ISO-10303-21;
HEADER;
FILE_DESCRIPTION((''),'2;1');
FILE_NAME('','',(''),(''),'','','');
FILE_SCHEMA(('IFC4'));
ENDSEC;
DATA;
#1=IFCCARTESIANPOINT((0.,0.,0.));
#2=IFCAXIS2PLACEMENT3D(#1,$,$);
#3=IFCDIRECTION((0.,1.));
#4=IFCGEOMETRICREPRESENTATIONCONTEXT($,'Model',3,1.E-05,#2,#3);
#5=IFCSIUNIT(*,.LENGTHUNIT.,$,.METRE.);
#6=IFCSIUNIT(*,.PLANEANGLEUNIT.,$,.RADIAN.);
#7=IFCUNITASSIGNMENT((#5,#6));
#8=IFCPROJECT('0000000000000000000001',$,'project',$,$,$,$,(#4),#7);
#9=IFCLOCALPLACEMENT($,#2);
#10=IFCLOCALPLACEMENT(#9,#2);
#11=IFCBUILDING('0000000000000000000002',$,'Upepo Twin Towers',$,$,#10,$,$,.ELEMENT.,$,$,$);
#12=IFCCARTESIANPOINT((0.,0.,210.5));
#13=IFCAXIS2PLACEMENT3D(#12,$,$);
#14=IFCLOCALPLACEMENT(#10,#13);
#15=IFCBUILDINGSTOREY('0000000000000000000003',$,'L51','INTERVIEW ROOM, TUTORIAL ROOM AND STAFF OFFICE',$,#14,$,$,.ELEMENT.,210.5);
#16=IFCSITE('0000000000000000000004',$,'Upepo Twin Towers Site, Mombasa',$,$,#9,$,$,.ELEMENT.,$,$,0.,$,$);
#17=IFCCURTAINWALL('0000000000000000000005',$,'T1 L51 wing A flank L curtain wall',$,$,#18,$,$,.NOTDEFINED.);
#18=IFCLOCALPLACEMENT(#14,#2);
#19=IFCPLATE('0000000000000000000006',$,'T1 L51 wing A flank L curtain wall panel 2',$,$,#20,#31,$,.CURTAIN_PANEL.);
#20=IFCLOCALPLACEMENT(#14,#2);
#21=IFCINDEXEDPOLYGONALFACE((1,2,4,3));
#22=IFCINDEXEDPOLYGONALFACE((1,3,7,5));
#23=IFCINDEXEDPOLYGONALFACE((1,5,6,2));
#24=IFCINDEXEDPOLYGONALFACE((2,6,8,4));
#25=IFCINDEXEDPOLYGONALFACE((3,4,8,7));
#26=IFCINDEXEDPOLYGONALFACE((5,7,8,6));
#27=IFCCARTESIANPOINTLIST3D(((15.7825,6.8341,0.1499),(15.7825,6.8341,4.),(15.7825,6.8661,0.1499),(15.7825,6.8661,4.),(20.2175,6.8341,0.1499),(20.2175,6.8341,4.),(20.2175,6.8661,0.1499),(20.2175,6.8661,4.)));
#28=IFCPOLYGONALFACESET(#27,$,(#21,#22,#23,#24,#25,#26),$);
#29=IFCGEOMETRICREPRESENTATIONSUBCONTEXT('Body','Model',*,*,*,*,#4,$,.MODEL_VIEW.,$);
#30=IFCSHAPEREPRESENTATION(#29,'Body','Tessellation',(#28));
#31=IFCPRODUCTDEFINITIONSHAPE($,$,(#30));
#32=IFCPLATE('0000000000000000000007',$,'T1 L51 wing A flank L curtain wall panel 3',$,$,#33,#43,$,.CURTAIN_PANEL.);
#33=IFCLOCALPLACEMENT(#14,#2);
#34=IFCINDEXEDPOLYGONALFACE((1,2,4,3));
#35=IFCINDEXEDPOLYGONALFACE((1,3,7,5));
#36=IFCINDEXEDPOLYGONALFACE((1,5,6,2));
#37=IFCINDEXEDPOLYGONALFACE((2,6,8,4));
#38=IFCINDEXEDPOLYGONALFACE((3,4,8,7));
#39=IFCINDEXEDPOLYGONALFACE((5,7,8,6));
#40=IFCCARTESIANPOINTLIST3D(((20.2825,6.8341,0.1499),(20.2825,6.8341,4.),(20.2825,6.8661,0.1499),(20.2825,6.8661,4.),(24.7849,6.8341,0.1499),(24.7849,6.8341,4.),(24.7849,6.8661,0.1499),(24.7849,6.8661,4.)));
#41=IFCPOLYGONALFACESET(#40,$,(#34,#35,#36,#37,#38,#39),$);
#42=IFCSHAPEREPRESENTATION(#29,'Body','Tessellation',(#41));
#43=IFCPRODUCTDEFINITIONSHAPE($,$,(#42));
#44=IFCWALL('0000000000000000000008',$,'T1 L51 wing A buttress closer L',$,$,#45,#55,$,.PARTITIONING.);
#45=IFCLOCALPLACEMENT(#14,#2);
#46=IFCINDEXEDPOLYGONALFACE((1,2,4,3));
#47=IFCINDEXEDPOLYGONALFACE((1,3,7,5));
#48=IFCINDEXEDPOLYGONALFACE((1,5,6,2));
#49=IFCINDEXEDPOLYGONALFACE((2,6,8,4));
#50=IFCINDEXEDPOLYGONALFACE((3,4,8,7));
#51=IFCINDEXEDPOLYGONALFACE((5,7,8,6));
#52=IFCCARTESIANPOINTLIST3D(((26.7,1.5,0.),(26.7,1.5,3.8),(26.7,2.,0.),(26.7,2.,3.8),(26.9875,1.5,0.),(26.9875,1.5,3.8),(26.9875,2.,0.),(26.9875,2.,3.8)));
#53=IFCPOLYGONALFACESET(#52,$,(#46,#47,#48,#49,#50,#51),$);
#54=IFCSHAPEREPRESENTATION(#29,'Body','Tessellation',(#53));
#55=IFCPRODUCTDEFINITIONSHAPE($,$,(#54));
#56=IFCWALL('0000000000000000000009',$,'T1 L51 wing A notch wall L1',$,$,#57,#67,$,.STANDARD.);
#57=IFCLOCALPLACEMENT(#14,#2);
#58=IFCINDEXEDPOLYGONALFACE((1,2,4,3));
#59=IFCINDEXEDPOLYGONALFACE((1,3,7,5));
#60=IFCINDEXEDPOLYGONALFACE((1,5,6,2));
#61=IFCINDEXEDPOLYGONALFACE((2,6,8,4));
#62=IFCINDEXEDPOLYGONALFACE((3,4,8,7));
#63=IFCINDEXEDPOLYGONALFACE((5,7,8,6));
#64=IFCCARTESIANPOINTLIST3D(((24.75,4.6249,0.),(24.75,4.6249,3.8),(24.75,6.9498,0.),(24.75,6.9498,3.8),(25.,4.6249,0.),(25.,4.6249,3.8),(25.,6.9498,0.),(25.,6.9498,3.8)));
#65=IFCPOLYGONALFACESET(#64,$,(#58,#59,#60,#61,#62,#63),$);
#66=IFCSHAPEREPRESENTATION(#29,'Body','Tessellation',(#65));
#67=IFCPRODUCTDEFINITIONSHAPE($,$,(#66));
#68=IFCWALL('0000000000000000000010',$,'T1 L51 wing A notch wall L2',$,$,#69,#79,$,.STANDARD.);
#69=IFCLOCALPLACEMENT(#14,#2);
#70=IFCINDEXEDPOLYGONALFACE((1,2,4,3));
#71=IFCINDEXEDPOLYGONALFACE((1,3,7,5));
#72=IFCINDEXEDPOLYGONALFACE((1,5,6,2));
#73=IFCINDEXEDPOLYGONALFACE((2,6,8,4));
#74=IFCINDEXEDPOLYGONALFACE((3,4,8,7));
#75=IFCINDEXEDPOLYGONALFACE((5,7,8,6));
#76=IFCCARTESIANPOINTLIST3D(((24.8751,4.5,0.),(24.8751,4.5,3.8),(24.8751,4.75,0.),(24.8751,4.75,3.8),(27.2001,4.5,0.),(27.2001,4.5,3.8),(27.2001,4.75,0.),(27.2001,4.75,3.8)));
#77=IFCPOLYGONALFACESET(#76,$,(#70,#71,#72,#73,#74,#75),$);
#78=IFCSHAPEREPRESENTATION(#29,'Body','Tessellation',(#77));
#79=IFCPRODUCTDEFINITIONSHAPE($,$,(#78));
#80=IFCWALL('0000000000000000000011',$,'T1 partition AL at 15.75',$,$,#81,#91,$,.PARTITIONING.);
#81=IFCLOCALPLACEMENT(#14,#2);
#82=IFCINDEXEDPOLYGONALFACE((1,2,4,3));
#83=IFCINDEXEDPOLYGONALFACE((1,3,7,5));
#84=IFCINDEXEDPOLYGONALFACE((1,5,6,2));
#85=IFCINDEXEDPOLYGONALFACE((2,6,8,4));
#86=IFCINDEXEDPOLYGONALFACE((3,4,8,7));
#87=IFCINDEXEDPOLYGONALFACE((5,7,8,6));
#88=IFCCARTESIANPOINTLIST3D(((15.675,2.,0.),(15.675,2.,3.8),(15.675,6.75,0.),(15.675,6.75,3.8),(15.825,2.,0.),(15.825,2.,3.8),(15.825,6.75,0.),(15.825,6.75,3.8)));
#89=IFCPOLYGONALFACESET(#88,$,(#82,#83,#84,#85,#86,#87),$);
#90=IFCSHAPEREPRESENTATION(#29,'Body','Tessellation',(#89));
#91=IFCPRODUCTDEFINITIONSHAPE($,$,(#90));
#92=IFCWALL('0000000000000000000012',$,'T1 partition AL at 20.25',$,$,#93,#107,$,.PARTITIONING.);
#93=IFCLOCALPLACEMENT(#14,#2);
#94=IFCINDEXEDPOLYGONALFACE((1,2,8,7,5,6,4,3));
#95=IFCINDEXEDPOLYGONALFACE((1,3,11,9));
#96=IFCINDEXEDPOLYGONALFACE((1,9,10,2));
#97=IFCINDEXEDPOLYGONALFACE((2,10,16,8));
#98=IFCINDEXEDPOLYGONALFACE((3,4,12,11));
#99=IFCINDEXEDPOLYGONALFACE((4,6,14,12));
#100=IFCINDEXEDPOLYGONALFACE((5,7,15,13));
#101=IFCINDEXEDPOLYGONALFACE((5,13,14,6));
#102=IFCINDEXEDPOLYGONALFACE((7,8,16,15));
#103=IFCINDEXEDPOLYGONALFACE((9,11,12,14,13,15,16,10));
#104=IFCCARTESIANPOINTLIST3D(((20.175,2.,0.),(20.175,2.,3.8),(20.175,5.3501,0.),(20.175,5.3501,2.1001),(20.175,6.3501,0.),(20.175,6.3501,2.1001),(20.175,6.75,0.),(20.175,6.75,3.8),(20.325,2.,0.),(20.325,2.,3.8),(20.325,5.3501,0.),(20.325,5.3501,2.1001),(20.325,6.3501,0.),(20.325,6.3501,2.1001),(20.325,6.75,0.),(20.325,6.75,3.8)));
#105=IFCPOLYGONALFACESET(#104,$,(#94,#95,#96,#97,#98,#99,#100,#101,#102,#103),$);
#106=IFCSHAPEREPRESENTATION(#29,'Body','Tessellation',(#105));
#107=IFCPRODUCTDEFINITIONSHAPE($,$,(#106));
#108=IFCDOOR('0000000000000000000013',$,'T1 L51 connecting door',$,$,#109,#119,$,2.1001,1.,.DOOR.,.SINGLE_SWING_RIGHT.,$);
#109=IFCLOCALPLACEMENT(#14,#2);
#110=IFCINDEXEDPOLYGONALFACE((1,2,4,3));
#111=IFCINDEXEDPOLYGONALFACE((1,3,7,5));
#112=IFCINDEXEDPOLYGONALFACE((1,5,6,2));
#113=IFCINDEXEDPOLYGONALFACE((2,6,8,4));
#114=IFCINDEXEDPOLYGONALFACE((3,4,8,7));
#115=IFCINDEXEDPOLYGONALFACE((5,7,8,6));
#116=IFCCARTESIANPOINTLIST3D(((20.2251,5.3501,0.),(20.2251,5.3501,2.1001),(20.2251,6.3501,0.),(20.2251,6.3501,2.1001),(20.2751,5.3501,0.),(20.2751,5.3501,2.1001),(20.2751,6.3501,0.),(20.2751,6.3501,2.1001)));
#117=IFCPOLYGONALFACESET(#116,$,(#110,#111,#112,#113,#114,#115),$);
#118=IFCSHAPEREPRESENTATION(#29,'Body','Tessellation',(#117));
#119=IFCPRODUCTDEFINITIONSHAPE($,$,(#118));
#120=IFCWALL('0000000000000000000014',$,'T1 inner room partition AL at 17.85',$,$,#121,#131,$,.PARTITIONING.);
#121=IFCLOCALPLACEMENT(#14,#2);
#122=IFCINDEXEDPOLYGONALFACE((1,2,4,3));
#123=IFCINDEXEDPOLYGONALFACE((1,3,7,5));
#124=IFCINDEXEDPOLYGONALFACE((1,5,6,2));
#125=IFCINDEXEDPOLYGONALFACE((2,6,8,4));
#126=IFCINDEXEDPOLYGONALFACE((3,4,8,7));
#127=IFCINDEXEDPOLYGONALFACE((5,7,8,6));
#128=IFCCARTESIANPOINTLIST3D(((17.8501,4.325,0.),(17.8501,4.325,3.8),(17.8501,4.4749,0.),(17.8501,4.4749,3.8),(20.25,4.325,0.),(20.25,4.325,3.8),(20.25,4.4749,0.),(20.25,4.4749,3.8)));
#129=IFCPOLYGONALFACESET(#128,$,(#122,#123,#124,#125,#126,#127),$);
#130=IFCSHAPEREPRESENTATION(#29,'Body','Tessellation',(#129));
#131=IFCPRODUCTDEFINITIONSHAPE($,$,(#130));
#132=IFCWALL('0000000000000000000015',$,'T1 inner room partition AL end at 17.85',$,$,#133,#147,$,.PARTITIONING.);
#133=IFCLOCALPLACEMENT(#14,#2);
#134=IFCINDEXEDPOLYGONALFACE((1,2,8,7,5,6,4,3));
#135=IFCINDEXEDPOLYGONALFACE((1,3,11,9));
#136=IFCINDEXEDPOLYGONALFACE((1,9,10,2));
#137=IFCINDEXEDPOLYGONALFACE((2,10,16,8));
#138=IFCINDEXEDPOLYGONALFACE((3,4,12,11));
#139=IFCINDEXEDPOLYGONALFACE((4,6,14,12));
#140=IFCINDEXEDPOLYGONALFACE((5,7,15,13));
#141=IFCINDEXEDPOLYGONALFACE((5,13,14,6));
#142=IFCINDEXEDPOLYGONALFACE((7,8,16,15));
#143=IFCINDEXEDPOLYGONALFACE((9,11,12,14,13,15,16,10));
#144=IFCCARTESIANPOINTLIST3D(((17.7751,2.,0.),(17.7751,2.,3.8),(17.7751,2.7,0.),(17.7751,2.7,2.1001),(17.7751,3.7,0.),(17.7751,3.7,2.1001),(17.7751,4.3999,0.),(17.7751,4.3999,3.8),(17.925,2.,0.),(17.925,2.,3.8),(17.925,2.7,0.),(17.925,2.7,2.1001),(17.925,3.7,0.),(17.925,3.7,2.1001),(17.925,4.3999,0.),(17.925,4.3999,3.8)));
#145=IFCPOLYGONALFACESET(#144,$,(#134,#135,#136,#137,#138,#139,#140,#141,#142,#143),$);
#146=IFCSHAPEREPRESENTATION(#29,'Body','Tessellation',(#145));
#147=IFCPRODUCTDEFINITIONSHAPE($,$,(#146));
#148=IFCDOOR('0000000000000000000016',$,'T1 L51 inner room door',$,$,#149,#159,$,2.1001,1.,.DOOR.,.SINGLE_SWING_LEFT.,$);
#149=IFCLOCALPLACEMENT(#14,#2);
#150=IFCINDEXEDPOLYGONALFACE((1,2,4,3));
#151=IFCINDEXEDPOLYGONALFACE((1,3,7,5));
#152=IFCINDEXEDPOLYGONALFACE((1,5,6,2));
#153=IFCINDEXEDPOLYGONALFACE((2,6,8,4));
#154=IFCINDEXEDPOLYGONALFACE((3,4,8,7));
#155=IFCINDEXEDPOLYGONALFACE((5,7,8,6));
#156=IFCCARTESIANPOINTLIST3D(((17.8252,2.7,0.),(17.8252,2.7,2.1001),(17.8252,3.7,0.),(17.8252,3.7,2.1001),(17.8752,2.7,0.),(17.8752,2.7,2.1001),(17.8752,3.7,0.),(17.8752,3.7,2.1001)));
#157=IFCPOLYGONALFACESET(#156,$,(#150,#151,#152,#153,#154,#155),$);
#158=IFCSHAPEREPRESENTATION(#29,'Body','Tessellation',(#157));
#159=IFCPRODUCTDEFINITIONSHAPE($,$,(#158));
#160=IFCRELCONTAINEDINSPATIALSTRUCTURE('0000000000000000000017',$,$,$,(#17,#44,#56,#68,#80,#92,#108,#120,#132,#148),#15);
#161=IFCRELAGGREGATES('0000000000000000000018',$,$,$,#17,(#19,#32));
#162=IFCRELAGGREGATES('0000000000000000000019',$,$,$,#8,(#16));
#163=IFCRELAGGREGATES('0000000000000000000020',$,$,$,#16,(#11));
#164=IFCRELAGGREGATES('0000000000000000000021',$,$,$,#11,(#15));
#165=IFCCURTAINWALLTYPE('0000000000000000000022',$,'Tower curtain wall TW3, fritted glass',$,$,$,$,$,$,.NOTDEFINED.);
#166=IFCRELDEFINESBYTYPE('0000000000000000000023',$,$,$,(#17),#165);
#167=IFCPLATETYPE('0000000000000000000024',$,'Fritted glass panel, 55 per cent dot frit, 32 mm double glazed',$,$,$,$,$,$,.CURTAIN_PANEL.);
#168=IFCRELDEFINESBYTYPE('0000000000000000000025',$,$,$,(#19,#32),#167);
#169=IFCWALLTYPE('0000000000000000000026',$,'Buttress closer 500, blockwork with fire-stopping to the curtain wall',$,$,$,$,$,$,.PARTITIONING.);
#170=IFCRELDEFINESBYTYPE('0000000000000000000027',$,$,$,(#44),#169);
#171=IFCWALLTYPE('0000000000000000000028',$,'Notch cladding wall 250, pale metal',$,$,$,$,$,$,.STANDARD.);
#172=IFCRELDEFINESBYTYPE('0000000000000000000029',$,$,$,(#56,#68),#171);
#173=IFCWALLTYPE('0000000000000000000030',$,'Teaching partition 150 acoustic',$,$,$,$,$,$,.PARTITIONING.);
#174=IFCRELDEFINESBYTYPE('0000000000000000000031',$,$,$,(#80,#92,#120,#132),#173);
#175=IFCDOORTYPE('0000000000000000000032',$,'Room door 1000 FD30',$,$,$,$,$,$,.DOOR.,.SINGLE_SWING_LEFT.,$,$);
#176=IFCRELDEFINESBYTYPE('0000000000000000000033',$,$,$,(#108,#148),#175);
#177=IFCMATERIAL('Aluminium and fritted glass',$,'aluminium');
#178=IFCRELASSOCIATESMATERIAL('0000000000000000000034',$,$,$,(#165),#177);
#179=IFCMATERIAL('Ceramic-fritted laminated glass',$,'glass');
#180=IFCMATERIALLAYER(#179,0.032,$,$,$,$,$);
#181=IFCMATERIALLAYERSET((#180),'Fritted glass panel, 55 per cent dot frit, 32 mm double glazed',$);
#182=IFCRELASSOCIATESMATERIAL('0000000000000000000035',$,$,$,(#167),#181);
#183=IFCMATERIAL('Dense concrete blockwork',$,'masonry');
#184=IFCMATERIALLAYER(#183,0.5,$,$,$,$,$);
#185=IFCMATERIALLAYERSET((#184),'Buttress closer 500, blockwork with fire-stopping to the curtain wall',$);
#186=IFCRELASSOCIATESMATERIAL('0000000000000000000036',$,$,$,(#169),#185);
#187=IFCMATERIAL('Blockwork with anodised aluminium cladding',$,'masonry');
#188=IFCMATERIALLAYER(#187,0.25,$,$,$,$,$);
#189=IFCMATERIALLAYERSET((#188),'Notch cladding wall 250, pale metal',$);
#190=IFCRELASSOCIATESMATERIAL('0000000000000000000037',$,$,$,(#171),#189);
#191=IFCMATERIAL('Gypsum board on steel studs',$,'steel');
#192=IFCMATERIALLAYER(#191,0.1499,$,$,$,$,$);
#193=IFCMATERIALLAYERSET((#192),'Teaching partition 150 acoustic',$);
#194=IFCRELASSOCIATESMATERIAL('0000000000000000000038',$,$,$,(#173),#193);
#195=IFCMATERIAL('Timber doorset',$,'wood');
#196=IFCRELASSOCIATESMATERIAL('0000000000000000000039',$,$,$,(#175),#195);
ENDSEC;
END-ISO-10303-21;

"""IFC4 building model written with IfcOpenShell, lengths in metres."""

from ifc_helpers import new_model, si_unit, direction, frame, frame_2d, origin, origin_2d, place, context, subcontext, project, spatial, rectangle, extrude, material, layer, layer_set, type_object, element, fill, aggregate, save


model = new_model("IFC4")

# Units and contexts
model_context = context("Model", 3, precision=1e-05, world=origin(), true_north=direction((0.0, 1.0)))
body_context = subcontext(model_context, "Body", "Model", "MODEL_VIEW")
ifc_project = project(units=[si_unit("LENGTHUNIT", "METRE"), si_unit("PLANEANGLEUNIT", "RADIAN")], contexts=[model_context])

# Site, building, storey
site_placement = place(None, origin())
site = spatial("IfcSite", under=ifc_project, at=site_placement, Name="Upepo Twin Towers Site, Mombasa", CompositionType="ELEMENT", RefElevation=0.0)
building_placement = place(site_placement, origin())
building = spatial("IfcBuilding", under=site, at=building_placement, Name="Upepo Twin Towers", CompositionType="ELEMENT")
storey_placement = place(building_placement, frame((0.0, 0.0, 210.5)))
storey = spatial("IfcBuildingStorey", under=building, at=storey_placement, Name="L51", Description="INTERVIEW ROOM, TUTORIAL ROOM AND STAFF OFFICE", CompositionType="ELEMENT", Elevation=210.5)

# Curtain wall
ifc_material_1 = material(Name="Aluminium and fritted glass", Category="aluminium")
curtain_wall_type = type_object("IfcCurtainWallType", Name="Tower curtain wall TW3, fritted glass", PredefinedType="NOTDEFINED", material=ifc_material_1)
curtain_wall_1_placement = place(storey_placement, origin())
curtain_wall_1 = element("IfcCurtainWall", 1, at=curtain_wall_1_placement, inside=storey, type_object=curtain_wall_type, Name="T1 L51 wing A flank L curtain wall", PredefinedType="NOTDEFINED")

# Plates
ifc_material_2 = material(Name="Ceramic-fritted laminated glass", Category="glass")
ifc_layer_1 = layer(ifc_material_2, 0.032)
ifc_layer_set_1 = layer_set([ifc_layer_1], Name="Fritted glass panel, 55 per cent dot frit, 32 mm double glazed")
plate_type = type_object("IfcPlateType", Name="Fritted glass panel, 55 per cent dot frit, 32 mm double glazed", PredefinedType="CURTAIN_PANEL", material=ifc_layer_set_1)
plate_1_placement = place(storey_placement, frame((18.0, 6.8501, 0.1499), z_axis=(0.0, 0.0, 1.0), x_axis=(1.0, 0.0, 0.0)))
plate_1 = element("IfcPlate", 2, at=plate_1_placement, type_object=plate_type, Name="T1 L51 wing A flank L curtain wall panel 2", PredefinedType="CURTAIN_PANEL", context=body_context, shape_type="SweptSolid", body=[
    extrude(rectangle(XDim=4.4351, YDim=0.032, at=origin_2d()), origin(), (0.0, 0.0, 1.0), 3.8501),
])
plate_2_placement = place(storey_placement, frame((22.5337, 6.8501, 0.1499), z_axis=(0.0, 0.0, 1.0), x_axis=(1.0, 0.0, 0.0)))
plate_2 = element("IfcPlate", 3, at=plate_2_placement, type_object=plate_type, Name="T1 L51 wing A flank L curtain wall panel 3", PredefinedType="CURTAIN_PANEL", context=body_context, shape_type="SweptSolid", body=[
    extrude(rectangle(XDim=4.5024, YDim=0.032, at=origin_2d()), origin(), (0.0, 0.0, 1.0), 3.8501),
])
aggregate(curtain_wall_1, [plate_1, plate_2])

# Walls
ifc_material_3 = material(Name="Dense concrete blockwork", Category="masonry")
ifc_layer_2 = layer(ifc_material_3, 0.5)
ifc_layer_set_2 = layer_set([ifc_layer_2], Name="Buttress closer 500, blockwork with fire-stopping to the curtain wall")
wall_type_1 = type_object("IfcWallType", Name="Buttress closer 500, blockwork with fire-stopping to the curtain wall", PredefinedType="PARTITIONING", material=ifc_layer_set_2)
wall_1_placement = place(storey_placement, frame((26.7, 1.75, 0.0), z_axis=(0.0, 0.0, 1.0), x_axis=(1.0, 0.0, 0.0)))
element("IfcWall", 4, at=wall_1_placement, inside=storey, type_object=wall_type_1, Name="T1 L51 wing A buttress closer L", PredefinedType="PARTITIONING", context=body_context, shape_type="SweptSolid", body=[
    extrude(rectangle(XDim=0.2876, YDim=0.5, at=frame_2d((0.1438, 0.0))), origin(), (0.0, 0.0, 1.0), 3.8),
])
ifc_material_4 = material(Name="Blockwork with anodised aluminium cladding", Category="masonry")
ifc_layer_3 = layer(ifc_material_4, 0.25)
ifc_layer_set_3 = layer_set([ifc_layer_3], Name="Notch cladding wall 250, pale metal")
wall_type_2 = type_object("IfcWallType", Name="Notch cladding wall 250, pale metal", PredefinedType="STANDARD", material=ifc_layer_set_3)
for number, where, z_axis, x_axis, name in (
    (5, (24.875, 6.95, 0.0), (0.0, 0.0, 1.0), (0.0, -1.0, 0.0), "T1 L51 wing A notch wall L1"),
    (6, (24.875, 4.625, 0.0), (0.0, 0.0, 1.0), (1.0, 0.0, 0.0), "T1 L51 wing A notch wall L2"),
):
    element("IfcWall", number, at=place(storey_placement, frame(where, z_axis=z_axis, x_axis=x_axis)), inside=storey, type_object=wall_type_2, Name=name, PredefinedType="STANDARD", context=body_context, shape_type="SweptSolid", body=[
        extrude(rectangle(XDim=2.325, YDim=0.25, at=frame_2d((1.1626, 0.0))), origin(), (0.0, 0.0, 1.0), 3.8),
    ])
ifc_material_5 = material(Name="Gypsum board on steel studs", Category="steel")
ifc_layer_4 = layer(ifc_material_5, 0.1499)
ifc_layer_set_4 = layer_set([ifc_layer_4], Name="Teaching partition 150 acoustic")
wall_type_3 = type_object("IfcWallType", Name="Teaching partition 150 acoustic", PredefinedType="PARTITIONING", material=ifc_layer_set_4)
wall_2_placement = place(storey_placement, frame((15.75, 2.0, 0.0), z_axis=(0.0, 0.0, 1.0), x_axis=(0.0, 1.0, 0.0)))
element("IfcWall", 7, at=wall_2_placement, inside=storey, type_object=wall_type_3, Name="T1 partition AL at 15.75", PredefinedType="PARTITIONING", context=body_context, shape_type="SweptSolid", body=[
    extrude(rectangle(XDim=4.75, YDim=0.1499, at=frame_2d((2.375, 0.0))), origin(), (0.0, 0.0, 1.0), 3.8),
])

# Wall, opening, door
wall_3_placement = place(storey_placement, frame((20.25, 2.0, 0.0), z_axis=(0.0, 0.0, 1.0), x_axis=(0.0, 1.0, 0.0)))
wall_3 = element("IfcWall", 8, at=wall_3_placement, inside=storey, type_object=wall_type_3, Name="T1 partition AL at 20.25", PredefinedType="PARTITIONING", context=body_context, shape_type="SweptSolid", body=[
    extrude(rectangle(XDim=4.75, YDim=0.1499, at=frame_2d((2.375, 0.0))), origin(), (0.0, 0.0, 1.0), 3.8),
])
opening_1_placement = place(wall_3_placement, frame((3.3501, 0.0, 0.0)))
opening_1 = element("IfcOpeningElement", 9, at=opening_1_placement, cuts=wall_3, PredefinedType="OPENING", context=body_context, shape_type="SweptSolid", body=[
    extrude(rectangle(XDim=1.0, YDim=2.1001, at=frame_2d((0.5, 1.05))), frame((0.0, 0.085, 0.0), z_axis=(0.0, -1.0, 0.0), x_axis=(1.0, 0.0, 0.0)), (0.0, 0.0, 1.0), 0.1699),
])
ifc_material_6 = material(Name="Timber doorset", Category="wood")
door_type = type_object("IfcDoorType", Name="Room door 1000 FD30", OperationType="SINGLE_SWING_LEFT", PredefinedType="DOOR", material=ifc_material_6)
door_1_placement = place(opening_1_placement, origin())
door_1 = element("IfcDoor", 10, at=door_1_placement, inside=storey, type_object=door_type, Name="T1 L51 connecting door", OperationType="SINGLE_SWING_RIGHT", OverallHeight=2.1001, OverallWidth=1.0, PredefinedType="DOOR", context=body_context, shape_type="SweptSolid", body=[
    extrude(rectangle(XDim=1.0, YDim=2.1001, at=frame_2d((0.5, 1.05))), frame((0.0, 0.0249, 0.0), z_axis=(0.0, -1.0, 0.0), x_axis=(1.0, 0.0, 0.0)), (0.0, 0.0, 1.0), 0.05),
])
fill(opening_1, door_1)

# Wall
wall_4_placement = place(storey_placement, frame((17.8501, 4.3999, 0.0), z_axis=(0.0, 0.0, 1.0), x_axis=(1.0, 0.0, 0.0)))
element("IfcWall", 11, at=wall_4_placement, inside=storey, type_object=wall_type_3, Name="T1 inner room partition AL at 17.85", PredefinedType="PARTITIONING", context=body_context, shape_type="SweptSolid", body=[
    extrude(rectangle(XDim=2.3999, YDim=0.1499, at=frame_2d((1.2, 0.0))), origin(), (0.0, 0.0, 1.0), 3.8),
])

# Wall, opening, door
wall_5_placement = place(storey_placement, frame((17.8501, 2.0, 0.0), z_axis=(0.0, 0.0, 1.0), x_axis=(0.0, 1.0, 0.0)))
wall_5 = element("IfcWall", 12, at=wall_5_placement, inside=storey, type_object=wall_type_3, Name="T1 inner room partition AL end at 17.85", PredefinedType="PARTITIONING", context=body_context, shape_type="SweptSolid", body=[
    extrude(rectangle(XDim=2.3999, YDim=0.1499, at=frame_2d((1.2, 0.0))), origin(), (0.0, 0.0, 1.0), 3.8),
])
opening_2_placement = place(wall_5_placement, frame((0.7, 0.0, 0.0)))
opening_2 = element("IfcOpeningElement", 13, at=opening_2_placement, cuts=wall_5, PredefinedType="OPENING", context=body_context, shape_type="SweptSolid", body=[
    extrude(rectangle(XDim=1.0, YDim=2.1001, at=frame_2d((0.5, 1.05))), frame((0.0, 0.085, 0.0), z_axis=(0.0, -1.0, 0.0), x_axis=(1.0, 0.0, 0.0)), (0.0, 0.0, 1.0), 0.1699),
])
door_2_placement = place(opening_2_placement, origin())
door_2 = element("IfcDoor", 14, at=door_2_placement, inside=storey, type_object=door_type, Name="T1 L51 inner room door", OperationType="SINGLE_SWING_LEFT", OverallHeight=2.1001, OverallWidth=1.0, PredefinedType="DOOR", context=body_context, shape_type="SweptSolid", body=[
    extrude(rectangle(XDim=1.0, YDim=2.1001, at=frame_2d((0.5, 1.05))), frame((0.0, 0.0249, 0.0), z_axis=(0.0, -1.0, 0.0), x_axis=(1.0, 0.0, 0.0)), (0.0, 0.0, 1.0), 0.05),
])
fill(opening_2, door_2)

save(model, "model.ifc")
